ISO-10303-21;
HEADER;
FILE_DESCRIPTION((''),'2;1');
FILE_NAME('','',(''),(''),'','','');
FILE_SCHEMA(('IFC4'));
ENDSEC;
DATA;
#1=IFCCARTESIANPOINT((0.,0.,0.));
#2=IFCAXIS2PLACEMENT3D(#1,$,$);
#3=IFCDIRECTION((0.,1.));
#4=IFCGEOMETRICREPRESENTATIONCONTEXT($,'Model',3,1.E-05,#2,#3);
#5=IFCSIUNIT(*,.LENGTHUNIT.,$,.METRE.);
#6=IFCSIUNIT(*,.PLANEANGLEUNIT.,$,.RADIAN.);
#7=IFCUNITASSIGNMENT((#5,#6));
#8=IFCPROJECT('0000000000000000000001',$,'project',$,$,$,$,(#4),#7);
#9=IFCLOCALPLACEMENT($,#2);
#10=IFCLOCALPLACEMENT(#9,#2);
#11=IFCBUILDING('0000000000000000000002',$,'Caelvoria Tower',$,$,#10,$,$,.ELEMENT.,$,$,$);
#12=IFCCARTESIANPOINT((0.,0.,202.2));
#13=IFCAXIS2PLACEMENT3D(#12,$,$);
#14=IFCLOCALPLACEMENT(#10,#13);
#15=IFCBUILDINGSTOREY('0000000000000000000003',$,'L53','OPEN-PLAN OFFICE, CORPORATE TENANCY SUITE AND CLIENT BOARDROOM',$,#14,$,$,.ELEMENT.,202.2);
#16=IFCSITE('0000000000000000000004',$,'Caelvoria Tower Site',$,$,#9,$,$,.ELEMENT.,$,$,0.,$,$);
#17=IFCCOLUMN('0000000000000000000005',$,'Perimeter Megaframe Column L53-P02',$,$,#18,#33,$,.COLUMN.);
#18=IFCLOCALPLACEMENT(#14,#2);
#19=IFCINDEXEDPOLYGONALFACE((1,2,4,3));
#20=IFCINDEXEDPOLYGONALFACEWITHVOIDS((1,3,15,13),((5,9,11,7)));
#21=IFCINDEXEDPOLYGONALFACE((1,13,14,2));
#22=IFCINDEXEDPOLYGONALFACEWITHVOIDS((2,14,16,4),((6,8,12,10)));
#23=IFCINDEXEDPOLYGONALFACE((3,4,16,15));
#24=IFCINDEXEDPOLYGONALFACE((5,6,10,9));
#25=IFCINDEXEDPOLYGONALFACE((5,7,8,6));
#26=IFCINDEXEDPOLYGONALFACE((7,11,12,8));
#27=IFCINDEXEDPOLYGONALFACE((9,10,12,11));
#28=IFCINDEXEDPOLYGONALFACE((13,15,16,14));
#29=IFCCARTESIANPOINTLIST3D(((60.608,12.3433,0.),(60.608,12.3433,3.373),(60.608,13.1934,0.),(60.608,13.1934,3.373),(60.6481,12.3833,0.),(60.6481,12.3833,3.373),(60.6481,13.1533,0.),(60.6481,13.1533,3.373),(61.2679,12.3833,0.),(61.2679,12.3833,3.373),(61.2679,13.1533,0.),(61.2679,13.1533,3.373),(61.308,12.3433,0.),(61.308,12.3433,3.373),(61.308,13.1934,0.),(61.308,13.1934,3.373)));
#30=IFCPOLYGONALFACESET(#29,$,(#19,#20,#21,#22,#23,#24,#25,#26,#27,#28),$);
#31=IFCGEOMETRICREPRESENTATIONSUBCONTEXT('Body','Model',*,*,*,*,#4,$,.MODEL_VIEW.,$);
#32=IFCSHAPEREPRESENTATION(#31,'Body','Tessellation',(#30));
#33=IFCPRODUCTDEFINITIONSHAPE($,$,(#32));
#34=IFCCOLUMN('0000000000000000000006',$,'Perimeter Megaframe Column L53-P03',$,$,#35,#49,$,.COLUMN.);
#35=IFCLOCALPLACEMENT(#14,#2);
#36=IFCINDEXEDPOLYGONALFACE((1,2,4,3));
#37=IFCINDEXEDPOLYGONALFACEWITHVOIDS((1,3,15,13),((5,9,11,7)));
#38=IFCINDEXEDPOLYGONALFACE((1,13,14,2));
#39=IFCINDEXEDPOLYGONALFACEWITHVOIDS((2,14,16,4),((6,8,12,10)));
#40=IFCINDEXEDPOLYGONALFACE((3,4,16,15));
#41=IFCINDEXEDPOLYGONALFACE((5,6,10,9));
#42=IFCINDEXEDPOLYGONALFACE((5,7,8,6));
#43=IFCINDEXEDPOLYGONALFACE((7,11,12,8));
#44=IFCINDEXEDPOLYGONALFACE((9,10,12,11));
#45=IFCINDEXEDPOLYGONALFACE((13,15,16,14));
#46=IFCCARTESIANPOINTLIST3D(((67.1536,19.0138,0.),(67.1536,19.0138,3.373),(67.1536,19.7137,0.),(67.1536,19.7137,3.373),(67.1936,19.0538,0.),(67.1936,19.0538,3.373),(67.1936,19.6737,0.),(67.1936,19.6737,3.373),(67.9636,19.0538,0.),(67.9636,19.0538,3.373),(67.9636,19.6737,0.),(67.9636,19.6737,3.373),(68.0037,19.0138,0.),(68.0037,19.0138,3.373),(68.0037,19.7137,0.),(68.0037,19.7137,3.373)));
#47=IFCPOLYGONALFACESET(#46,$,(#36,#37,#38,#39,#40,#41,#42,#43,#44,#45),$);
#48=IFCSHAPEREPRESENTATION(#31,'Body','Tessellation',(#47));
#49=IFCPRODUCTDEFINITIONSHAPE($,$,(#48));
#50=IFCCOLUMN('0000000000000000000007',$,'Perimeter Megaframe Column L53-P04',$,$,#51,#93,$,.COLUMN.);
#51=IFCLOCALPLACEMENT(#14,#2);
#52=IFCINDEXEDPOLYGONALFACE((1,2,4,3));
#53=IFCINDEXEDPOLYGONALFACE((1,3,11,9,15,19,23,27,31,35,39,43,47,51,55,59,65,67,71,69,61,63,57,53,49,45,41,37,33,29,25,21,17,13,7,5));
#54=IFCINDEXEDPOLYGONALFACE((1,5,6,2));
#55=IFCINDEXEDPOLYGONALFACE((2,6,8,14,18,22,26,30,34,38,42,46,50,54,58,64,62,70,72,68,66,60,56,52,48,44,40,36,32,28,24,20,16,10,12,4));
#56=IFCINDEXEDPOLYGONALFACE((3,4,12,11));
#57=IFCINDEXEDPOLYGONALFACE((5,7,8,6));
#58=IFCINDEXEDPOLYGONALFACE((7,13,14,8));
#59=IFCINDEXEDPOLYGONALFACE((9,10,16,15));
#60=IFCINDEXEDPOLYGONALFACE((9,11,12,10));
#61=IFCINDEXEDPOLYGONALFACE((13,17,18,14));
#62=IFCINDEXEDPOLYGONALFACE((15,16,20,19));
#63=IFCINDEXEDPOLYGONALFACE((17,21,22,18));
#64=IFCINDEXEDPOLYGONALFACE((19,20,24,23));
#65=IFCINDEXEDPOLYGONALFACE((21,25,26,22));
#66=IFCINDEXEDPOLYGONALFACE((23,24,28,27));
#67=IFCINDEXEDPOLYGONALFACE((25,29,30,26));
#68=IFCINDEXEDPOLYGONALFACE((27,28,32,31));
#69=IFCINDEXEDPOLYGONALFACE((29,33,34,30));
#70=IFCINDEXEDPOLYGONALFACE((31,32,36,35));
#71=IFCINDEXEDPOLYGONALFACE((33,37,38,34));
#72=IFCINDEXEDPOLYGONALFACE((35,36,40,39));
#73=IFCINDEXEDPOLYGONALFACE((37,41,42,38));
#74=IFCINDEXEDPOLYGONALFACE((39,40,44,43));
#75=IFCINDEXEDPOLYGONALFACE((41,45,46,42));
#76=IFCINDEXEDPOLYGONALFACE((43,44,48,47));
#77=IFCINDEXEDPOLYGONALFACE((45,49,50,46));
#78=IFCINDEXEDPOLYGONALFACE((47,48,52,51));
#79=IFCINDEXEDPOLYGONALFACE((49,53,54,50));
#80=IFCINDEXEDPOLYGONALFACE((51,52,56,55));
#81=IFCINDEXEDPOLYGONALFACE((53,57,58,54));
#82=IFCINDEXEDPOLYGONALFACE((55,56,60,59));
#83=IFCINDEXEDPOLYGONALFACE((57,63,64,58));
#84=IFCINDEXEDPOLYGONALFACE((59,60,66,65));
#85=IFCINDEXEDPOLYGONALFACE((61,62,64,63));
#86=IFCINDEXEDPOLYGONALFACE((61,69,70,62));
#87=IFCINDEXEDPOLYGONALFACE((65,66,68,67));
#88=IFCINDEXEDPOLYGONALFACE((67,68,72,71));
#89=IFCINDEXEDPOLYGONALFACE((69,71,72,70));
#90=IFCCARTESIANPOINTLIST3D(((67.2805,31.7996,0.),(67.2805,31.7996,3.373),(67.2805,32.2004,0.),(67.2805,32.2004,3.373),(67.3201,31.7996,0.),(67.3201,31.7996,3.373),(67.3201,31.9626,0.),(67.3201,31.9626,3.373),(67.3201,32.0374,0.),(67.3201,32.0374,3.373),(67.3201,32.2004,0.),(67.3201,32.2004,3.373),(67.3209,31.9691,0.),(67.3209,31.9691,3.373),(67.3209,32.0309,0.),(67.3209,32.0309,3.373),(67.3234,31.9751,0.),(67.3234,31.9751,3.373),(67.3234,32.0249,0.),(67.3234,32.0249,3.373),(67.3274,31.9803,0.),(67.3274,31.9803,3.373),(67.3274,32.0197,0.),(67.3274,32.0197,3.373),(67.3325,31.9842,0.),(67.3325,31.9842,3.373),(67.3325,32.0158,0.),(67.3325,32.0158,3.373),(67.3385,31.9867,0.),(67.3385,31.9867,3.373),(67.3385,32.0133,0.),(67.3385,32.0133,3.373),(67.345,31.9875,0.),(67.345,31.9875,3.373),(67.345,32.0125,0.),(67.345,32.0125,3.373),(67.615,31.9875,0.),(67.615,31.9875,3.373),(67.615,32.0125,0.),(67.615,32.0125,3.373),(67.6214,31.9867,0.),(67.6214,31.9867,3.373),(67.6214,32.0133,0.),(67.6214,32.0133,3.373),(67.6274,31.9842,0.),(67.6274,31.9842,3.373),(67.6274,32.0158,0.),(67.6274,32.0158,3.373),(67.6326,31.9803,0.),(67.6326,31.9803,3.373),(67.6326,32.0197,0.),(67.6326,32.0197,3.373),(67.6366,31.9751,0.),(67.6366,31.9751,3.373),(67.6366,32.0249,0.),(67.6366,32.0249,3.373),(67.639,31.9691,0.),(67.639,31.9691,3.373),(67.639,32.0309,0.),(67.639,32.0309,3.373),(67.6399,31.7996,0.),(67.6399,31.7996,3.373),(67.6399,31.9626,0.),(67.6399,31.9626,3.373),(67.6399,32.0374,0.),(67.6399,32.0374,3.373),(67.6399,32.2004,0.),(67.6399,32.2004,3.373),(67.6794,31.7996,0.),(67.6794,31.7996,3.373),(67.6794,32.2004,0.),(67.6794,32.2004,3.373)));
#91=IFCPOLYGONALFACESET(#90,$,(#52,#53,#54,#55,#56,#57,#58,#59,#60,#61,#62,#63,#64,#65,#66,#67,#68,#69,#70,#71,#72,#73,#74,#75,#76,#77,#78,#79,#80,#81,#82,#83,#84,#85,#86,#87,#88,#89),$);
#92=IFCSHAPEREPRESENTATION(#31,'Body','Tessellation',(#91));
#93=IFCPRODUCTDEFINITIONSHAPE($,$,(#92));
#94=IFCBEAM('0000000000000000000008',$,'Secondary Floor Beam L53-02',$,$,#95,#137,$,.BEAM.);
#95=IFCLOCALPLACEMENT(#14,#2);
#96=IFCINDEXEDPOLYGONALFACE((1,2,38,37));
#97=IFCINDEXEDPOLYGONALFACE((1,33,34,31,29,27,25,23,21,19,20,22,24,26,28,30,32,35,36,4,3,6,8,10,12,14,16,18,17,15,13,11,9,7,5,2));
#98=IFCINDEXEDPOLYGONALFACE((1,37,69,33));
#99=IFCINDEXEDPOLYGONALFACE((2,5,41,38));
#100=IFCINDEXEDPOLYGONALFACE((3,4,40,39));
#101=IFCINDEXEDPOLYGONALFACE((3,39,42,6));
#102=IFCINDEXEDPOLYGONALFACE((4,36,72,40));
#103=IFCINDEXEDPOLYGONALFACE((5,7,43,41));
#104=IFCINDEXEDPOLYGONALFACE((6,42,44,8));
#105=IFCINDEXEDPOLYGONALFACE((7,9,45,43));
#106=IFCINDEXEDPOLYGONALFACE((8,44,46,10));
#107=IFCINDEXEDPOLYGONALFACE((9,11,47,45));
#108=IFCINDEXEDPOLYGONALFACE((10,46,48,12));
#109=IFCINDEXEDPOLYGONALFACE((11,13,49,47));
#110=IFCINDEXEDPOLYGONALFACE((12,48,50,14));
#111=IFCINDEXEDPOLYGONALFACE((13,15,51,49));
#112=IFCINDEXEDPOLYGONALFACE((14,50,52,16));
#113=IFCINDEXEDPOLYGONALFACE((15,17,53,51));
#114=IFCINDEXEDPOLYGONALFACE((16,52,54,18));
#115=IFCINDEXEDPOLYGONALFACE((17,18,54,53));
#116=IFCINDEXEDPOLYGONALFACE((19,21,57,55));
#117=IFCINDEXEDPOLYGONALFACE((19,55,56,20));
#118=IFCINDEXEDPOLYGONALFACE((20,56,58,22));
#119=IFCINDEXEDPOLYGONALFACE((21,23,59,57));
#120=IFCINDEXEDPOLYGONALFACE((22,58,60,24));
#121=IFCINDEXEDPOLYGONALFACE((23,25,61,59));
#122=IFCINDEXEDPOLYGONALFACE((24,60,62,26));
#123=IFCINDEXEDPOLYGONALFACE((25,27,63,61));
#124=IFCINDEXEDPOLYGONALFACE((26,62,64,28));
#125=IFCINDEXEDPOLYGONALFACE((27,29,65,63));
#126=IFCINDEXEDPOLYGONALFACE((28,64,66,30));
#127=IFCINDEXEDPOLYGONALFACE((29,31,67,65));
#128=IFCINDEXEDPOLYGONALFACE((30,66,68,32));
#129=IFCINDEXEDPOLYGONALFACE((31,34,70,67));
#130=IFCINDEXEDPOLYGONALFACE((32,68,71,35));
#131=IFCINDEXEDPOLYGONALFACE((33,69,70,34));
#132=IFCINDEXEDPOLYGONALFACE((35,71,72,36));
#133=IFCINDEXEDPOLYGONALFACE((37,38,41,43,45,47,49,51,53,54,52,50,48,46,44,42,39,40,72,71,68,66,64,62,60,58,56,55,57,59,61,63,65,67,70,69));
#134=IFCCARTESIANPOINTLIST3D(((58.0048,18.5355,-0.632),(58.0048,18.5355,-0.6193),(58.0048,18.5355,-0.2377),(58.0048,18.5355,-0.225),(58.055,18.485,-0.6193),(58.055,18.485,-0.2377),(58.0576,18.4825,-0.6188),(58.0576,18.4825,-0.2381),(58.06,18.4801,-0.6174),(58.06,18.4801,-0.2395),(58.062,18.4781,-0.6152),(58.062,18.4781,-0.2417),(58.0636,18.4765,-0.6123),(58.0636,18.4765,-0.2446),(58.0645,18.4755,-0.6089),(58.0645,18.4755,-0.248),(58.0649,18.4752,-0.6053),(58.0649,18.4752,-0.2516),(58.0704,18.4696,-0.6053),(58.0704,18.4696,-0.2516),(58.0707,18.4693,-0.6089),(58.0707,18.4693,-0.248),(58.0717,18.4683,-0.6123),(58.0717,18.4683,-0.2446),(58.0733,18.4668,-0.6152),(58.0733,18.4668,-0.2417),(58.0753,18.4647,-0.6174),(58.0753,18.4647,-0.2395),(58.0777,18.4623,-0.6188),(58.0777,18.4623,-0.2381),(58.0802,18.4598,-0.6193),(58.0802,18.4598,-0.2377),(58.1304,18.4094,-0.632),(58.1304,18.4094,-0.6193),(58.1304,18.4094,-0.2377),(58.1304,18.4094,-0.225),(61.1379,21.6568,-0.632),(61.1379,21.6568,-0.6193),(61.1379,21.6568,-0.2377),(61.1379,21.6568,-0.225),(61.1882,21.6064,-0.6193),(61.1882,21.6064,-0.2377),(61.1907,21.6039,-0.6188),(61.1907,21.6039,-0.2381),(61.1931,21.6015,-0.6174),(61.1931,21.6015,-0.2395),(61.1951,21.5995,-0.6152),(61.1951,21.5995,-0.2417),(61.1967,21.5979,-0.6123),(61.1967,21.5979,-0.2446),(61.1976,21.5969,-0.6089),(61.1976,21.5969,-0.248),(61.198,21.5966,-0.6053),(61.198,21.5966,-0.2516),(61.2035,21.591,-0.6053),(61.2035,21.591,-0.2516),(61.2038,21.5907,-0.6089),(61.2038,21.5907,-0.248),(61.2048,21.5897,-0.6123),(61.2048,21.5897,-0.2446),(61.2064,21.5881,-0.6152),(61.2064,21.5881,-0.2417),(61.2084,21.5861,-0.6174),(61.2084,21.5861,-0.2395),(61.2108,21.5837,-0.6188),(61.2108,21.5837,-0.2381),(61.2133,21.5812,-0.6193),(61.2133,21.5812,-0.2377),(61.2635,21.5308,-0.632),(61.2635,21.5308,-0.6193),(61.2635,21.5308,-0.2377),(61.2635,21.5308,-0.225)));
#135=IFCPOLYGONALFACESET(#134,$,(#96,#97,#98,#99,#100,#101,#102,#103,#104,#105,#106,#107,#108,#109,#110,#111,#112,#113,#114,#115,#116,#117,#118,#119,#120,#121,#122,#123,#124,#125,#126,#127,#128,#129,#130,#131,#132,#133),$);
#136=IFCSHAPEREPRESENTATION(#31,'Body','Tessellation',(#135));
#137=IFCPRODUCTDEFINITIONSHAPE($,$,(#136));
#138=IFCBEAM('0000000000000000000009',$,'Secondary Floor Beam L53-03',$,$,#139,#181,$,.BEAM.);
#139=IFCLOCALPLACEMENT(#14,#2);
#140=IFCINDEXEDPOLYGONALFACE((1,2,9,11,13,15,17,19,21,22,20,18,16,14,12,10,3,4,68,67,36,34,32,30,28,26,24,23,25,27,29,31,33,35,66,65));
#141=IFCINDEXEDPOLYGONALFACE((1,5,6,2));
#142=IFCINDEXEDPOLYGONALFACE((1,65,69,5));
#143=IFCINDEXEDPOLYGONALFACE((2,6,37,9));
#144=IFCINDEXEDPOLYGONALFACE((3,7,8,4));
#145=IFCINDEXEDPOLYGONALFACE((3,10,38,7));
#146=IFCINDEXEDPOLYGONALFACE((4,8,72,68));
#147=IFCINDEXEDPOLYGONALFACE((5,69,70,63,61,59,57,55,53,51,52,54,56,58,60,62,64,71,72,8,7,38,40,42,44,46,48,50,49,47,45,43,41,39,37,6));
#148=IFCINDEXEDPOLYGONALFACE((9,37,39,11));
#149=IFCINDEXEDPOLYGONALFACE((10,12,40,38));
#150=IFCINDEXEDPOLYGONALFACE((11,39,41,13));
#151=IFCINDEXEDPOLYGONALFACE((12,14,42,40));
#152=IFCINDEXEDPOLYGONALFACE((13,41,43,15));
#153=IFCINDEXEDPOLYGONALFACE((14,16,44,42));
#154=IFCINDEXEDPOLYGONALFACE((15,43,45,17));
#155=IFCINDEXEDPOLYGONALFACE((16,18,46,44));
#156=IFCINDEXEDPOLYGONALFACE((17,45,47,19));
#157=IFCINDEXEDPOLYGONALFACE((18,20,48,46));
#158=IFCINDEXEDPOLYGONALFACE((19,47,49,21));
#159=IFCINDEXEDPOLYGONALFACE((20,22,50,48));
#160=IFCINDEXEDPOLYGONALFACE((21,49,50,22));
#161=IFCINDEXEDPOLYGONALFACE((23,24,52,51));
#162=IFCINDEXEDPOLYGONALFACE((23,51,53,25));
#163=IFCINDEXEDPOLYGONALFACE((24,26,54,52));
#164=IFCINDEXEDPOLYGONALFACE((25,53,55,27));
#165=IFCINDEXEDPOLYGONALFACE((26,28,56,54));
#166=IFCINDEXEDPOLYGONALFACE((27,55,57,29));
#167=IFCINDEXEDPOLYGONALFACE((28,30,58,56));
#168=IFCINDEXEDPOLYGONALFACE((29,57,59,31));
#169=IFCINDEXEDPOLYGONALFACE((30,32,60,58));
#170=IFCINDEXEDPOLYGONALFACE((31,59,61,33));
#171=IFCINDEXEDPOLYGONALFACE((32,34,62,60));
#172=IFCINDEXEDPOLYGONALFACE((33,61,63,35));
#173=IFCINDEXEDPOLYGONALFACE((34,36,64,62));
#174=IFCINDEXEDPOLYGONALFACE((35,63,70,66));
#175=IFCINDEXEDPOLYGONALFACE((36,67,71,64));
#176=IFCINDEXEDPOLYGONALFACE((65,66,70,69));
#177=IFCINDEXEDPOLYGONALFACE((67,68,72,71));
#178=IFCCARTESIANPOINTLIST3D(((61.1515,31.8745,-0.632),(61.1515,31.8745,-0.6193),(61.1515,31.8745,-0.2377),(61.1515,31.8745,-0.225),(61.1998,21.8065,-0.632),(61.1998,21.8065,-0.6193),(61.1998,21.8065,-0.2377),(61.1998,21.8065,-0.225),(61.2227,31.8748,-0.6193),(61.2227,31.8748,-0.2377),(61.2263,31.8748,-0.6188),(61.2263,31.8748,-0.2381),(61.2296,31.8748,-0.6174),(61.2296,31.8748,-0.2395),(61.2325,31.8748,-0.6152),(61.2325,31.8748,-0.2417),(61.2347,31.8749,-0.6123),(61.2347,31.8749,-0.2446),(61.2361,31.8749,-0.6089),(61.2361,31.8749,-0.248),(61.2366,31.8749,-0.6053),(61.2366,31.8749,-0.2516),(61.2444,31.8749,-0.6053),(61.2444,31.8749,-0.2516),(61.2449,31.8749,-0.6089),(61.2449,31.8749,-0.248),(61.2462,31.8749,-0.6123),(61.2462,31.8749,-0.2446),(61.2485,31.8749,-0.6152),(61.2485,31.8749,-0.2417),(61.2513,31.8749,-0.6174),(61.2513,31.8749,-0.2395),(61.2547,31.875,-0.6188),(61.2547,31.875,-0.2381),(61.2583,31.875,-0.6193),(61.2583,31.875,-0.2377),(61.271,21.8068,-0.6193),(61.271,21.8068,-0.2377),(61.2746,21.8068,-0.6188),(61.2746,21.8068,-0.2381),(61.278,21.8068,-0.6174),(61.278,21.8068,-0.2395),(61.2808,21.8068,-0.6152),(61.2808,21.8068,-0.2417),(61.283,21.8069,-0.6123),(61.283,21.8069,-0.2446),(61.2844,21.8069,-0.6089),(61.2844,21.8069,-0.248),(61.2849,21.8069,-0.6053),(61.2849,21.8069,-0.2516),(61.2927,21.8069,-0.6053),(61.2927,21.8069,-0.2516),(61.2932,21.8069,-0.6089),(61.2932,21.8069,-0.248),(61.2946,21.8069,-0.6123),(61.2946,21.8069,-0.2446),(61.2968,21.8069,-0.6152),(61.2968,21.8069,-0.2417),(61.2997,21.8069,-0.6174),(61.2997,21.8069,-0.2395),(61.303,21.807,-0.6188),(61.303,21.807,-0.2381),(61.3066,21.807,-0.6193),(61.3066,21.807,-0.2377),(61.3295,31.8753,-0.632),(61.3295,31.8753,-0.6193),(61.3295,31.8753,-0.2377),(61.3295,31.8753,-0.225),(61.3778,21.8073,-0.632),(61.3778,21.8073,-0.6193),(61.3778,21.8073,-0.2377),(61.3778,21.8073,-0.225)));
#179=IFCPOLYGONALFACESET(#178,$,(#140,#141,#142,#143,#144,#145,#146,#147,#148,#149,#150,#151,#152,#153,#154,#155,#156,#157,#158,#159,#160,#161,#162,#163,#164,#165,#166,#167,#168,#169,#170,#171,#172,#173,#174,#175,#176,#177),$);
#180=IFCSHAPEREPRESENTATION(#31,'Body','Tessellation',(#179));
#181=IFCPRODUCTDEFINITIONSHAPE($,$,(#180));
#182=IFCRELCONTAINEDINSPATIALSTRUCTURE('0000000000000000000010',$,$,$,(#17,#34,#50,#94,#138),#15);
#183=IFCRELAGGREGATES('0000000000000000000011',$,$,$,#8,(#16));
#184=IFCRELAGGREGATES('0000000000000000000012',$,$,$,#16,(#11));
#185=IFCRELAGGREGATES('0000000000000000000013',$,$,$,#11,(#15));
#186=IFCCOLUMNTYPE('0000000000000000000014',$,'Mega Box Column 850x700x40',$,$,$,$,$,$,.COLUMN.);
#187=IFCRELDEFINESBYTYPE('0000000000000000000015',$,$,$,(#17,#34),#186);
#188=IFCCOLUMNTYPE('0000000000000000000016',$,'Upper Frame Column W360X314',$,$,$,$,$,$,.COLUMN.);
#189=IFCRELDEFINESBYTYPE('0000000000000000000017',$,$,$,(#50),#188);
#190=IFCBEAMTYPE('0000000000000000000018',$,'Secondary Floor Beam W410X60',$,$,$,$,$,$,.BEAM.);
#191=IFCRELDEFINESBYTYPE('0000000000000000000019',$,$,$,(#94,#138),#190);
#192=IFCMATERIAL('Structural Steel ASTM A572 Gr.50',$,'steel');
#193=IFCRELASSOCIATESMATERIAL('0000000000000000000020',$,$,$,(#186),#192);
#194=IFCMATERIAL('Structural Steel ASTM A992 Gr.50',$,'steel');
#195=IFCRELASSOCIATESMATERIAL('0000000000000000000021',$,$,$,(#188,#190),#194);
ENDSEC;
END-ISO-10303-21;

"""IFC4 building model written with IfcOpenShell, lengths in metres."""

from ifc_helpers import new_model, si_unit, direction, frame, origin, origin_2d, place, context, subcontext, project, spatial, hollow_rectangle, i_section, extrude, material, material_profile, profile_set, type_object, element, save


model = new_model("IFC4")

# Units and contexts
model_context = context("Model", 3, precision=1e-05, world=origin(), true_north=direction((0.0, 1.0)))
body_context = subcontext(model_context, "Body", "Model", "MODEL_VIEW")
ifc_project = project(units=[si_unit("LENGTHUNIT", "METRE"), si_unit("PLANEANGLEUNIT", "RADIAN")], contexts=[model_context])

# Site, building, storey
site_placement = place(None, origin())
site = spatial("IfcSite", under=ifc_project, at=site_placement, Name="Caelvoria Tower Site", CompositionType="ELEMENT", RefElevation=0.0)
building_placement = place(site_placement, origin())
building = spatial("IfcBuilding", under=site, at=building_placement, Name="Caelvoria Tower", CompositionType="ELEMENT")
storey_placement = place(building_placement, frame((0.0, 0.0, 202.2)))
storey = spatial("IfcBuildingStorey", under=building, at=storey_placement, Name="L53", Description="OPEN-PLAN OFFICE, CORPORATE TENANCY SUITE AND CLIENT BOARDROOM", CompositionType="ELEMENT", Elevation=202.2)

# Columns
ifc_material_1 = material(Name="Structural Steel ASTM A572 Gr.50", Category="steel")
ifc_material_profile_1 = material_profile(ifc_material_1, hollow_rectangle(XDim=0.7, YDim=0.8501, WallThickness=0.04, at=origin_2d()), Name="Structural Steel ASTM A572 Gr.50")
ifc_profile_set_1 = profile_set([ifc_material_profile_1], Name="BOX850X700X40 - Structural Steel ASTM A572 Gr.50")
column_type_1 = type_object("IfcColumnType", Name="Mega Box Column 850x700x40", PredefinedType="COLUMN", material=ifc_profile_set_1)
for number, where, z_axis, x_axis, name in (
    (1, (60.958, 12.7683, 0.0), (0.0, 0.0, 1.0), (1.0, 0.0, 0.0), "Perimeter Megaframe Column L53-P02"),
    (2, (67.5786, 19.3638, 0.0), (0.0, 0.0, 1.0), (0.0, 1.0, 0.0), "Perimeter Megaframe Column L53-P03"),
):
    element("IfcColumn", number, at=place(storey_placement, frame(where, z_axis=z_axis, x_axis=x_axis)), inside=storey, type_object=column_type_1, Name=name, PredefinedType="COLUMN", context=body_context, shape_type="SweptSolid", body=[
        extrude(hollow_rectangle(XDim=0.7, YDim=0.8501, WallThickness=0.04, at=origin_2d()), origin(), (0.0, 0.0, 1.0), 3.373),
    ])
ifc_material_2 = material(Name="Structural Steel ASTM A992 Gr.50", Category="steel")
ifc_material_profile_2 = material_profile(ifc_material_2, i_section(OverallWidth=0.4009, OverallDepth=0.3989, WebThickness=0.0249, FlangeThickness=0.0396, FilletRadius=0.0249, at=origin_2d()), Name="Structural Steel ASTM A992 Gr.50")
ifc_profile_set_2 = profile_set([ifc_material_profile_2], Name="W360X314 - Structural Steel ASTM A992 Gr.50")
column_type_2 = type_object("IfcColumnType", Name="Upper Frame Column W360X314", PredefinedType="COLUMN", material=ifc_profile_set_2)
column_placement = place(storey_placement, frame((67.48, 32.0, 0.0), z_axis=(0.0, 0.0, 1.0), x_axis=(0.0, 1.0, 0.0)))
element("IfcColumn", 3, at=column_placement, inside=storey, type_object=column_type_2, Name="Perimeter Megaframe Column L53-P04", PredefinedType="COLUMN", context=body_context, shape_type="SweptSolid", body=[
    extrude(i_section(OverallWidth=0.4009, OverallDepth=0.3989, WebThickness=0.0249, FlangeThickness=0.0396, FilletRadius=0.0249, at=origin_2d()), origin(), (0.0, 0.0, 1.0), 3.373),
])

# Beams
ifc_material_profile_3 = material_profile(ifc_material_2, i_section(OverallWidth=0.178, OverallDepth=0.407, WebThickness=0.0078, FlangeThickness=0.0127, FilletRadius=0.0139, at=origin_2d()), Name="Structural Steel ASTM A992 Gr.50")
ifc_profile_set_3 = profile_set([ifc_material_profile_3], Name="W410X60 - Structural Steel ASTM A992 Gr.50")
beam_type_1 = type_object("IfcBeamType", Name="Secondary Floor Beam W410X60", PredefinedType="BEAM", material=ifc_profile_set_3)
beam_1_placement = place(storey_placement, frame((58.0676, 18.4724, -0.4285), z_axis=(0.70843, 0.705781, 0.0), x_axis=(-0.705781, 0.70843, 0.0)))
element("IfcBeam", 4, at=beam_1_placement, inside=storey, type_object=beam_type_1, Name="Secondary Floor Beam L53-02", PredefinedType="BEAM", context=body_context, shape_type="SweptSolid", body=[
    extrude(i_section(OverallWidth=0.178, OverallDepth=0.407, WebThickness=0.0078, FlangeThickness=0.0127, FilletRadius=0.0139, at=origin_2d()), origin(), (0.0, 0.0, 1.0), 4.4226),
])
beam_2_placement = place(storey_placement, frame((61.2888, 21.8069, -0.4285), z_axis=(-0.004801, 0.999988, 0.0), x_axis=(-0.999988, -0.004801, 0.0)))
element("IfcBeam", 5, at=beam_2_placement, inside=storey, type_object=beam_type_1, Name="Secondary Floor Beam L53-03", PredefinedType="BEAM", context=body_context, shape_type="SweptSolid", body=[
    extrude(i_section(OverallWidth=0.178, OverallDepth=0.407, WebThickness=0.0078, FlangeThickness=0.0127, FilletRadius=0.0139, at=origin_2d()), origin(), (0.0, 0.0, 1.0), 10.0681),
])

save(model, "model.ifc")
